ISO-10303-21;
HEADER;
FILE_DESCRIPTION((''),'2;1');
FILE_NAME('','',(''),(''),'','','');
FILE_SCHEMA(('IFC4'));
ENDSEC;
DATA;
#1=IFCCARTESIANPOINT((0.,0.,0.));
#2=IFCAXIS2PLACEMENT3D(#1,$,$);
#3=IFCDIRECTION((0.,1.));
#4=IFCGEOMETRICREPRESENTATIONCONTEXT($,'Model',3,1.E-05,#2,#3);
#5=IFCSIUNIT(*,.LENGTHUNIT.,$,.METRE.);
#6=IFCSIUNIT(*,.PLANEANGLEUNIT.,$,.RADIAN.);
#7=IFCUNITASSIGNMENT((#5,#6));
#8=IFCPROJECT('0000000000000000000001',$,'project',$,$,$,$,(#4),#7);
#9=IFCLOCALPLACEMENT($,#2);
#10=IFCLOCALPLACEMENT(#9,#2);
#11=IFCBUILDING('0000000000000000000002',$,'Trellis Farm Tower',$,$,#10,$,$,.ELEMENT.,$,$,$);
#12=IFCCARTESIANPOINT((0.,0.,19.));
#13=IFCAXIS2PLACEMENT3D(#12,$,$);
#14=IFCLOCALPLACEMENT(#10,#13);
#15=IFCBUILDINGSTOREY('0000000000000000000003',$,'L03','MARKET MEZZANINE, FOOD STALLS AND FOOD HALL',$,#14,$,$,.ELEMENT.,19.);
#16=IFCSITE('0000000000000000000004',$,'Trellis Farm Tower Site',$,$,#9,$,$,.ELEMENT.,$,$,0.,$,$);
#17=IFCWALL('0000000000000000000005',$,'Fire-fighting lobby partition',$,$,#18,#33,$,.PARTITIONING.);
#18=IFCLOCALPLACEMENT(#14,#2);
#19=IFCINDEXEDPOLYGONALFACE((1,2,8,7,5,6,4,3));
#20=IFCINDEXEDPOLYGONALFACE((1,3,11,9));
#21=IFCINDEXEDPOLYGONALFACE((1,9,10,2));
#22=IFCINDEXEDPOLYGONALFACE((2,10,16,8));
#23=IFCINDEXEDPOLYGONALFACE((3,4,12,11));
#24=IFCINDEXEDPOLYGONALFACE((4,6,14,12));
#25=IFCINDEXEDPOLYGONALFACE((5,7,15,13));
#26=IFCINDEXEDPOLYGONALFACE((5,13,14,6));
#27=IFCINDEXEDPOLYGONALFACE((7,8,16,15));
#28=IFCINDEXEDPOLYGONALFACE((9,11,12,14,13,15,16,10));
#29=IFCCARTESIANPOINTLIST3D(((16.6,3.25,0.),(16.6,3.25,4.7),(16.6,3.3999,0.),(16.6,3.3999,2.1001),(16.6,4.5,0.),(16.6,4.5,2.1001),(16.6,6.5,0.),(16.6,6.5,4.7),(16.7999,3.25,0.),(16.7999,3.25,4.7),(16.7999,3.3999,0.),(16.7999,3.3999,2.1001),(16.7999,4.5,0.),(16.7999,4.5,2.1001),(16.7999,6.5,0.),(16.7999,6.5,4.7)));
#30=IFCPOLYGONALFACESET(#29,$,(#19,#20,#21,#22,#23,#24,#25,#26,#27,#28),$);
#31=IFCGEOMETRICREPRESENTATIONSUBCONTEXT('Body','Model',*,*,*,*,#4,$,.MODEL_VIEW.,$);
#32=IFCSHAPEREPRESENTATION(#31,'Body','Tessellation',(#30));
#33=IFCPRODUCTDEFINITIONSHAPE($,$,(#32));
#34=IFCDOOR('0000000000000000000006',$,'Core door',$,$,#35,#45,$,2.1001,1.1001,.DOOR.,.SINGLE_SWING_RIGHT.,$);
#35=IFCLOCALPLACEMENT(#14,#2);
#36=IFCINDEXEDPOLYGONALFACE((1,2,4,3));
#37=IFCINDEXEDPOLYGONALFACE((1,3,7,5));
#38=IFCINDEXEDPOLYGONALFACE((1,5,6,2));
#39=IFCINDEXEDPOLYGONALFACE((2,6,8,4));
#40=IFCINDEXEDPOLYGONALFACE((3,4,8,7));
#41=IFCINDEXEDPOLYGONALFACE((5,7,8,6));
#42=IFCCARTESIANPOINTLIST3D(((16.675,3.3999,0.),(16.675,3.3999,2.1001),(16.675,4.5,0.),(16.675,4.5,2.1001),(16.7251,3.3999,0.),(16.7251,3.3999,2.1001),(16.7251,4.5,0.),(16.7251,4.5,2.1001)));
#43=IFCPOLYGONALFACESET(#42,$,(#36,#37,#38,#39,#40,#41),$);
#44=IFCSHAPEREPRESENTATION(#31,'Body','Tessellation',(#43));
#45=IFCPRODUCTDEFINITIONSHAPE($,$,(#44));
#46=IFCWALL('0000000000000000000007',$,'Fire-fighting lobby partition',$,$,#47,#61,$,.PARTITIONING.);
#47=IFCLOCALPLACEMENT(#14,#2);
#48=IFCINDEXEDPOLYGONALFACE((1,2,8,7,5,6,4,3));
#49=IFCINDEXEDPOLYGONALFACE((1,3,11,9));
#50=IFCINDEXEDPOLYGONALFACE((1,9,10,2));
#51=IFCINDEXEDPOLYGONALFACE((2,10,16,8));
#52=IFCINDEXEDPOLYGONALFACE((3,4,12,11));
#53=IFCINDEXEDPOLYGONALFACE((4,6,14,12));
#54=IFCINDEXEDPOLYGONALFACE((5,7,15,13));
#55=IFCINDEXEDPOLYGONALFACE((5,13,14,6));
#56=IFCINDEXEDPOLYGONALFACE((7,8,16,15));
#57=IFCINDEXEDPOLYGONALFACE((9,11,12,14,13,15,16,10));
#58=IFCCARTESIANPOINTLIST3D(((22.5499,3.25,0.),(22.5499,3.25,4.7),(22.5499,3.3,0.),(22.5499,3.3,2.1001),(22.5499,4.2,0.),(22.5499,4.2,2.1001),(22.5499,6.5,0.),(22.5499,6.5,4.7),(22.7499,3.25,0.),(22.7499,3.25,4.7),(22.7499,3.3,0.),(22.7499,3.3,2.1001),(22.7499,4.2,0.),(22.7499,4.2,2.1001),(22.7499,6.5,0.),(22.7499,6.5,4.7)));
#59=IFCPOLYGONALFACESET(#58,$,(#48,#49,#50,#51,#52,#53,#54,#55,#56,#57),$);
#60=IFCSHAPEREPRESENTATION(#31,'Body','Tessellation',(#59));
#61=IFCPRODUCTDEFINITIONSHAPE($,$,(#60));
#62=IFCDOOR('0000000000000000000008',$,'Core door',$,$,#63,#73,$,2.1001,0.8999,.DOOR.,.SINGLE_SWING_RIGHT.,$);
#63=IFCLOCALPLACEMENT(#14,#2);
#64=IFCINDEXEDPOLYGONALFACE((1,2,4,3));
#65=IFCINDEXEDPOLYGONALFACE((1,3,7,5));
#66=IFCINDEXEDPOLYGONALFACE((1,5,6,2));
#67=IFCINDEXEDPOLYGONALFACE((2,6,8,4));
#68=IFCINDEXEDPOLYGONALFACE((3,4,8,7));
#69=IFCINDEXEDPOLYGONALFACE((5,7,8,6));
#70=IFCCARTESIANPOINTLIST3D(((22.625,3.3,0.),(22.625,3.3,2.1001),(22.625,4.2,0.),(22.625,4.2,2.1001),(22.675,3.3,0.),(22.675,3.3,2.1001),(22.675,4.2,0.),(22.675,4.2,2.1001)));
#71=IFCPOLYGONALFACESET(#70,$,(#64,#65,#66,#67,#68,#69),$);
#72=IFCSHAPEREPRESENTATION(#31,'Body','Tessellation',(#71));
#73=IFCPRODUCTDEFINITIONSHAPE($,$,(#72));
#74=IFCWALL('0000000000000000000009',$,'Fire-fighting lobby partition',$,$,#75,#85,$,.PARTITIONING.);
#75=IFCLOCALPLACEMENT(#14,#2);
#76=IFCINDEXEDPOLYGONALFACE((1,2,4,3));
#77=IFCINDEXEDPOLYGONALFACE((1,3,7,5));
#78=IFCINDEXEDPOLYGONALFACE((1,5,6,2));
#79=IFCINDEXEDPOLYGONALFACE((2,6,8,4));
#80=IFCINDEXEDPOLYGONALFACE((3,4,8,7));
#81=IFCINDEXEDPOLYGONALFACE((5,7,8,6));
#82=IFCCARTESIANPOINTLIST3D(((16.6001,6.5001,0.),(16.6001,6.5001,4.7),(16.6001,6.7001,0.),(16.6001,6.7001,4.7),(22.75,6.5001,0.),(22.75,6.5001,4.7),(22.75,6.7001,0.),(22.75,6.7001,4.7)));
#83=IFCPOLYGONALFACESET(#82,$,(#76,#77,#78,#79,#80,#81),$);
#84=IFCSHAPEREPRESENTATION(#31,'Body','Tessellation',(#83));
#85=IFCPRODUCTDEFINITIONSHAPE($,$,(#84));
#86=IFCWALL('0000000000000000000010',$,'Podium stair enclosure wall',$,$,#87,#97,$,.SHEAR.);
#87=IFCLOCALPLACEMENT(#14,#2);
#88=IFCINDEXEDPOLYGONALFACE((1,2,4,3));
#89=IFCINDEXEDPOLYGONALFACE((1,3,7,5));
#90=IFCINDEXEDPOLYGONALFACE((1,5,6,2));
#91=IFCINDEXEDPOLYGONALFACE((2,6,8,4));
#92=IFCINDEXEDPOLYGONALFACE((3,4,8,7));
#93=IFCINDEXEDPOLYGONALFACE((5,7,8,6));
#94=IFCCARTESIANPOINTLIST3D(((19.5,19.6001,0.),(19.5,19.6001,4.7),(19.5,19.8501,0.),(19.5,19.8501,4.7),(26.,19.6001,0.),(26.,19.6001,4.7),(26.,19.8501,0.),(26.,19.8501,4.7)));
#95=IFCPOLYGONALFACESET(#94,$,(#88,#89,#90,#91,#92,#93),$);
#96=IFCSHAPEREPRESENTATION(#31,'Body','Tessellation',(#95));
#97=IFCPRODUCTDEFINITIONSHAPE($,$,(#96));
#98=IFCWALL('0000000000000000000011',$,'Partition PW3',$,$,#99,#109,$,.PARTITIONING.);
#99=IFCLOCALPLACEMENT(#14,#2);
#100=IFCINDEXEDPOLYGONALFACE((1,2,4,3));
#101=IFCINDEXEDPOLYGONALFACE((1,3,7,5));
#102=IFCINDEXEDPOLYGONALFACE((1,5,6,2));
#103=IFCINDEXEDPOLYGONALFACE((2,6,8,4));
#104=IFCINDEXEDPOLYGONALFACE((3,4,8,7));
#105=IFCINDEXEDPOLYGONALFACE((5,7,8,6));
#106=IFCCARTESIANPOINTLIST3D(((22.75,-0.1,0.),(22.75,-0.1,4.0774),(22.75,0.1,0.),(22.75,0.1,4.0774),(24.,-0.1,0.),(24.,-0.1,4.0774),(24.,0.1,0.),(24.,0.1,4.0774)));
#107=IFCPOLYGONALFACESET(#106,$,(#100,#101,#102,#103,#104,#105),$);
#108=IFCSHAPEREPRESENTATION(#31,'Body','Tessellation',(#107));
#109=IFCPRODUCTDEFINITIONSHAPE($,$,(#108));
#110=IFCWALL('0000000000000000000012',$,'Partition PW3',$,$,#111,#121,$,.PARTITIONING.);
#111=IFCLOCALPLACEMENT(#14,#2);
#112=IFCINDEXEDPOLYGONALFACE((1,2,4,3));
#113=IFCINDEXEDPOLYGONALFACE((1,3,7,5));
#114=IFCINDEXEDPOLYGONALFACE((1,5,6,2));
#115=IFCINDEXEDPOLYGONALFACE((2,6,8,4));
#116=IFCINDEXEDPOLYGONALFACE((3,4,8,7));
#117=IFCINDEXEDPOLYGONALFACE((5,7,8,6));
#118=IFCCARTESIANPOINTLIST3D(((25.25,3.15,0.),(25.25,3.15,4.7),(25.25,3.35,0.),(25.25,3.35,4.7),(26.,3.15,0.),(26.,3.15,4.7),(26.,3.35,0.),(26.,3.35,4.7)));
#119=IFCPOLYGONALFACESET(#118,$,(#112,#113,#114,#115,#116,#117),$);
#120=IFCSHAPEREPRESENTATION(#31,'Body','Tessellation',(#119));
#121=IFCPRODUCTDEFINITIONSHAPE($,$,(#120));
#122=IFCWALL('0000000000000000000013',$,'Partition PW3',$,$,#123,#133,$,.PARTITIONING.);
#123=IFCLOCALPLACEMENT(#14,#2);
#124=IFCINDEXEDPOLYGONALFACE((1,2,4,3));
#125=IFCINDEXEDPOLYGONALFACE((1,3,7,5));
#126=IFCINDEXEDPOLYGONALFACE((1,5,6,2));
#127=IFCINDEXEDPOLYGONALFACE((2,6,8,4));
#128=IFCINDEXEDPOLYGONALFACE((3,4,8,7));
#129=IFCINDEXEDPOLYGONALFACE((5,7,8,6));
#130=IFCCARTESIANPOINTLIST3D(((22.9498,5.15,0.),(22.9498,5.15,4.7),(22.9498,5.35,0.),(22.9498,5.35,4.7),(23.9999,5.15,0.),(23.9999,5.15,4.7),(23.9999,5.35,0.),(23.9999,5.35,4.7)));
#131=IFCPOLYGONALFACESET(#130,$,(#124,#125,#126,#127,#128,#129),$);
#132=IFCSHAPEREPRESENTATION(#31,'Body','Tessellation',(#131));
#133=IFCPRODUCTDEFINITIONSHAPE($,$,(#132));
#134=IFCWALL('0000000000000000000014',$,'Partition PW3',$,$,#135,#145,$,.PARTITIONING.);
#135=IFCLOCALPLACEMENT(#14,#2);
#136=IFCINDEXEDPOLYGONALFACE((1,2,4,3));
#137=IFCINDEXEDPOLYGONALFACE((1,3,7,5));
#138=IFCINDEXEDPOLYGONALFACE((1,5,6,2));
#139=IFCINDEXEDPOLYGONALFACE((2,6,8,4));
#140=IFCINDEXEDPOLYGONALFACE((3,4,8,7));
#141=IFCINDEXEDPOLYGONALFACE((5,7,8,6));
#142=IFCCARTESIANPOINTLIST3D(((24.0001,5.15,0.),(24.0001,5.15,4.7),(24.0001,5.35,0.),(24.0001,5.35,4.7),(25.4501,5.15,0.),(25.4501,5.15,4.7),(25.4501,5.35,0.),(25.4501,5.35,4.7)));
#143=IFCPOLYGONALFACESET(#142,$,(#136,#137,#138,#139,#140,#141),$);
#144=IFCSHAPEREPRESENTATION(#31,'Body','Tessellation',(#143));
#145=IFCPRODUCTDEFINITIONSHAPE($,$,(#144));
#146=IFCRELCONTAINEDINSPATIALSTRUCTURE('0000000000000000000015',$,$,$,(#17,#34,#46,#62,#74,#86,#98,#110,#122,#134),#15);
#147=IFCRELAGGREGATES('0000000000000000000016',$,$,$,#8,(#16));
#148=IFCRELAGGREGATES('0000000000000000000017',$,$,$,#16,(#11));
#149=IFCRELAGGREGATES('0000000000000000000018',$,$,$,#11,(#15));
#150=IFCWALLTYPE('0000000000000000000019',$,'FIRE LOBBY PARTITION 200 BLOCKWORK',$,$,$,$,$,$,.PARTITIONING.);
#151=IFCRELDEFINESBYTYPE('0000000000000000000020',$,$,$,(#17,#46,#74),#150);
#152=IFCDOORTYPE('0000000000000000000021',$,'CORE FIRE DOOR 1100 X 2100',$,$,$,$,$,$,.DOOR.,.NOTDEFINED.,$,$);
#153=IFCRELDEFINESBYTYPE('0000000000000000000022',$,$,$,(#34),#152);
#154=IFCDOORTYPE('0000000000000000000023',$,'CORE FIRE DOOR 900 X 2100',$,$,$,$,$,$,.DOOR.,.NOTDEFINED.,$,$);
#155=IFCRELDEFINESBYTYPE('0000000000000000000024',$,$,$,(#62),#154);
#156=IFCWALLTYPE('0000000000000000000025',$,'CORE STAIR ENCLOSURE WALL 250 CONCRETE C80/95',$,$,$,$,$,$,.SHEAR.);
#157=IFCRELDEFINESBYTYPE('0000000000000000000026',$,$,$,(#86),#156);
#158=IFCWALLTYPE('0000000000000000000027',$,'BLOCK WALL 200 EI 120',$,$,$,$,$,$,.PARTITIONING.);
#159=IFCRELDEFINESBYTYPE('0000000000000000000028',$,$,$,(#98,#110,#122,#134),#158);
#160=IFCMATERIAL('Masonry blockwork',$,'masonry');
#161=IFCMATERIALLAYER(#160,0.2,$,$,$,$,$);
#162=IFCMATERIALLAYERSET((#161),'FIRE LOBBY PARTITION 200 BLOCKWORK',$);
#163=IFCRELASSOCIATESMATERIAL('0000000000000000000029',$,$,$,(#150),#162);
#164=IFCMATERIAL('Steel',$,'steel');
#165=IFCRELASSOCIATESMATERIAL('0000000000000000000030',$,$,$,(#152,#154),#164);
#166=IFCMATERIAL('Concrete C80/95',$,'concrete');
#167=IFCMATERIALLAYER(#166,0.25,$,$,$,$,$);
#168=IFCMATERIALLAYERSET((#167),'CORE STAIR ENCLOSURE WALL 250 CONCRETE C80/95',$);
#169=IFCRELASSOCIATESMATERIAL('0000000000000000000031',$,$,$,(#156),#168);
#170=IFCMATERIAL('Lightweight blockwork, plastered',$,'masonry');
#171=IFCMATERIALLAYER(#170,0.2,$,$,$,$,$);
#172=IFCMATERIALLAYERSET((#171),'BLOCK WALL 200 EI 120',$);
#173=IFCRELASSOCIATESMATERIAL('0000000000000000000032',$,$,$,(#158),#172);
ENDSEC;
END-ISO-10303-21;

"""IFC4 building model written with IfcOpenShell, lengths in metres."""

from ifc_helpers import new_model, si_unit, direction, frame, frame_2d, origin, place, context, subcontext, project, spatial, rectangle, extrude, source, transform, mapped, material, layer, layer_set, type_object, element, fill, save


model = new_model("IFC4")

# Units and contexts
model_context = context("Model", 3, precision=1e-05, world=origin(), true_north=direction((0.0, 1.0)))
body_context = subcontext(model_context, "Body", "Model", "MODEL_VIEW")
ifc_project = project(units=[si_unit("LENGTHUNIT", "METRE"), si_unit("PLANEANGLEUNIT", "RADIAN")], contexts=[model_context])

# Site, building, storey
site_placement = place(None, origin())
site = spatial("IfcSite", under=ifc_project, at=site_placement, Name="Trellis Farm Tower Site", CompositionType="ELEMENT", RefElevation=0.0)
building_placement = place(site_placement, origin())
building = spatial("IfcBuilding", under=site, at=building_placement, Name="Trellis Farm Tower", CompositionType="ELEMENT")
storey_placement = place(building_placement, frame((0.0, 0.0, 19.0)))
storey = spatial("IfcBuildingStorey", under=building, at=storey_placement, Name="L03", Description="MARKET MEZZANINE, FOOD STALLS AND FOOD HALL", CompositionType="ELEMENT", Elevation=19.0)

# Shared definitions
ifc_material_1 = material(Name="Concrete C80/95", Category="concrete")

# Walls, openings, doors
ifc_material_2 = material(Name="Masonry blockwork", Category="masonry")
ifc_layer_1 = layer(ifc_material_2, 0.2)
ifc_layer_set_1 = layer_set([ifc_layer_1], Name="FIRE LOBBY PARTITION 200 BLOCKWORK")
wall_type_1 = type_object("IfcWallType", Name="FIRE LOBBY PARTITION 200 BLOCKWORK", PredefinedType="PARTITIONING", material=ifc_layer_set_1)
shared_shape_1 = source(origin(), body_context, "Body", "SweptSolid", [
    extrude(rectangle(XDim=3.25, YDim=0.2, at=frame_2d((1.625, 0.0))), origin(), (0.0, 0.0, 1.0), 4.7),
])
wall_1_placement = place(storey_placement, frame((16.7, 3.25, 0.0), z_axis=(0.0, 0.0, 1.0), x_axis=(0.0, 1.0, 0.0)))
wall_1 = element("IfcWall", 1, at=wall_1_placement, inside=storey, type_object=wall_type_1, Name="Fire-fighting lobby partition", PredefinedType="PARTITIONING", context=body_context, shape_type="MappedRepresentation", body=[
    mapped(shared_shape_1, transform((0.0, 0.0, 0.0))),
])
shared_shape_2 = source(origin(), body_context, "Body", "SweptSolid", [
    extrude(rectangle(XDim=1.1001, YDim=2.1001, at=frame_2d((0.55, 1.05))), frame((0.0, 0.1101, 0.0), z_axis=(0.0, -1.0, 0.0), x_axis=(1.0, 0.0, 0.0)), (0.0, 0.0, 1.0), 0.2202),
])
opening_1_placement = place(wall_1_placement, frame((0.1499, 0.0, 0.0)))
opening_1 = element("IfcOpeningElement", 2, at=opening_1_placement, cuts=wall_1, PredefinedType="OPENING", context=body_context, shape_type="MappedRepresentation", body=[
    mapped(shared_shape_2, transform((0.0, 0.0, 0.0))),
])
ifc_material_3 = material(Name="Steel", Category="steel")
door_type_1 = type_object("IfcDoorType", Name="CORE FIRE DOOR 1100 X 2100", OperationType="NOTDEFINED", PredefinedType="DOOR", material=ifc_material_3)
shared_shape_3 = source(origin(), body_context, "Body", "SweptSolid", [
    extrude(rectangle(XDim=1.1001, YDim=2.1001, at=frame_2d((0.55, 1.05))), frame((0.0, 0.0249, 0.0), z_axis=(0.0, -1.0, 0.0), x_axis=(1.0, 0.0, 0.0)), (0.0, 0.0, 1.0), 0.05),
])
door_1_placement = place(opening_1_placement, origin())
door_1 = element("IfcDoor", 3, at=door_1_placement, inside=storey, type_object=door_type_1, Name="Core door", OperationType="SINGLE_SWING_RIGHT", OverallHeight=2.1001, OverallWidth=1.1001, PredefinedType="DOOR", context=body_context, shape_type="MappedRepresentation", body=[
    mapped(shared_shape_3, transform((0.0, 0.0, 0.0))),
])
fill(opening_1, door_1)
wall_2_placement = place(storey_placement, frame((22.6499, 3.25, 0.0), z_axis=(0.0, 0.0, 1.0), x_axis=(0.0, 1.0, 0.0)))
wall_2 = element("IfcWall", 4, at=wall_2_placement, inside=storey, type_object=wall_type_1, Name="Fire-fighting lobby partition", PredefinedType="PARTITIONING", context=body_context, shape_type="MappedRepresentation", body=[
    mapped(shared_shape_1, transform((0.0, 0.0, 0.0))),
])
shared_shape_4 = source(origin(), body_context, "Body", "SweptSolid", [
    extrude(rectangle(XDim=0.8999, YDim=2.1001, at=frame_2d((0.45, 1.05))), frame((0.0, 0.1101, 0.0), z_axis=(0.0, -1.0, 0.0), x_axis=(1.0, 0.0, 0.0)), (0.0, 0.0, 1.0), 0.2202),
])
opening_2_placement = place(wall_2_placement, frame((0.05, 0.0, 0.0)))
opening_2 = element("IfcOpeningElement", 5, at=opening_2_placement, cuts=wall_2, PredefinedType="OPENING", context=body_context, shape_type="MappedRepresentation", body=[
    mapped(shared_shape_4, transform((0.0, 0.0, 0.0))),
])
door_type_2 = type_object("IfcDoorType", Name="CORE FIRE DOOR 900 X 2100", OperationType="NOTDEFINED", PredefinedType="DOOR", material=ifc_material_3)
shared_shape_5 = source(origin(), body_context, "Body", "SweptSolid", [
    extrude(rectangle(XDim=0.8999, YDim=2.1001, at=frame_2d((0.45, 1.05))), frame((0.0, 0.0249, 0.0), z_axis=(0.0, -1.0, 0.0), x_axis=(1.0, 0.0, 0.0)), (0.0, 0.0, 1.0), 0.05),
])
door_2_placement = place(opening_2_placement, origin())
door_2 = element("IfcDoor", 6, at=door_2_placement, inside=storey, type_object=door_type_2, Name="Core door", OperationType="SINGLE_SWING_RIGHT", OverallHeight=2.1001, OverallWidth=0.8999, PredefinedType="DOOR", context=body_context, shape_type="MappedRepresentation", body=[
    mapped(shared_shape_5, transform((0.0, 0.0, 0.0))),
])
fill(opening_2, door_2)

# Walls
shared_shape_6 = source(origin(), body_context, "Body", "SweptSolid", [
    extrude(rectangle(XDim=6.1499, YDim=0.2, at=frame_2d((3.075, 0.0))), origin(), (0.0, 0.0, 1.0), 4.7),
])
wall_3_placement = place(storey_placement, frame((16.6001, 6.6001, 0.0), z_axis=(0.0, 0.0, 1.0), x_axis=(1.0, 0.0, 0.0)))
element("IfcWall", 7, at=wall_3_placement, inside=storey, type_object=wall_type_1, Name="Fire-fighting lobby partition", PredefinedType="PARTITIONING", context=body_context, shape_type="MappedRepresentation", body=[
    mapped(shared_shape_6, transform((0.0, 0.0, 0.0))),
])
ifc_layer_2 = layer(ifc_material_1, 0.25)
ifc_layer_set_2 = layer_set([ifc_layer_2], Name="CORE STAIR ENCLOSURE WALL 250 CONCRETE C80/95")
wall_type_2 = type_object("IfcWallType", Name="CORE STAIR ENCLOSURE WALL 250 CONCRETE C80/95", PredefinedType="SHEAR", material=ifc_layer_set_2)
shared_shape_7 = source(origin(), body_context, "Body", "SweptSolid", [
    extrude(rectangle(XDim=6.5, YDim=0.25, at=frame_2d((3.25, 0.0))), origin(), (0.0, 0.0, 1.0), 4.7),
])
wall_4_placement = place(storey_placement, frame((19.5, 19.7251, 0.0), z_axis=(0.0, 0.0, 1.0), x_axis=(1.0, 0.0, 0.0)))
element("IfcWall", 8, at=wall_4_placement, inside=storey, type_object=wall_type_2, Name="Podium stair enclosure wall", PredefinedType="SHEAR", context=body_context, shape_type="MappedRepresentation", body=[
    mapped(shared_shape_7, transform((0.0, 0.0, 0.0))),
])
ifc_material_4 = material(Name="Lightweight blockwork, plastered", Category="masonry")
ifc_layer_3 = layer(ifc_material_4, 0.2)
ifc_layer_set_3 = layer_set([ifc_layer_3], Name="BLOCK WALL 200 EI 120")
wall_type_3 = type_object("IfcWallType", Name="BLOCK WALL 200 EI 120", PredefinedType="PARTITIONING", material=ifc_layer_set_3)
shared_shape_8 = source(origin(), body_context, "Body", "SweptSolid", [
    extrude(rectangle(XDim=1.25, YDim=0.2, at=frame_2d((0.625, 0.0))), origin(), (0.0, 0.0, 1.0), 4.0774),
])
wall_5_placement = place(storey_placement, frame((22.75, 0.0, 0.0), z_axis=(0.0, 0.0, 1.0), x_axis=(1.0, 0.0, 0.0)))
element("IfcWall", 9, at=wall_5_placement, inside=storey, type_object=wall_type_3, Name="Partition PW3", PredefinedType="PARTITIONING", context=body_context, shape_type="MappedRepresentation", body=[
    mapped(shared_shape_8, transform((0.0, 0.0, 0.0))),
])
shared_shape_9 = source(origin(), body_context, "Body", "SweptSolid", [
    extrude(rectangle(XDim=0.75, YDim=0.2, at=frame_2d((0.375, 0.0))), origin(), (0.0, 0.0, 1.0), 4.7),
])
wall_6_placement = place(storey_placement, frame((25.25, 3.25, 0.0), z_axis=(0.0, 0.0, 1.0), x_axis=(1.0, 0.0, 0.0)))
element("IfcWall", 10, at=wall_6_placement, inside=storey, type_object=wall_type_3, Name="Partition PW3", PredefinedType="PARTITIONING", context=body_context, shape_type="MappedRepresentation", body=[
    mapped(shared_shape_9, transform((0.0, 0.0, 0.0))),
])
shared_shape_10 = source(origin(), body_context, "Body", "SweptSolid", [
    extrude(rectangle(XDim=1.05, YDim=0.2, at=frame_2d((0.5249, 0.0))), origin(), (0.0, 0.0, 1.0), 4.7),
])
wall_7_placement = place(storey_placement, frame((22.95, 5.25, 0.0), z_axis=(0.0, 0.0, 1.0), x_axis=(1.0, 0.0, 0.0)))
element("IfcWall", 11, at=wall_7_placement, inside=storey, type_object=wall_type_3, Name="Partition PW3", PredefinedType="PARTITIONING", context=body_context, shape_type="MappedRepresentation", body=[
    mapped(shared_shape_10, transform((0.0, 0.0, 0.0))),
])
shared_shape_11 = source(origin(), body_context, "Body", "SweptSolid", [
    extrude(rectangle(XDim=1.45, YDim=0.2, at=frame_2d((0.7251, 0.0))), origin(), (0.0, 0.0, 1.0), 4.7),
])
wall_8_placement = place(storey_placement, frame((24.0, 5.25, 0.0), z_axis=(0.0, 0.0, 1.0), x_axis=(1.0, 0.0, 0.0)))
element("IfcWall", 12, at=wall_8_placement, inside=storey, type_object=wall_type_3, Name="Partition PW3", PredefinedType="PARTITIONING", context=body_context, shape_type="MappedRepresentation", body=[
    mapped(shared_shape_11, transform((0.0, 0.0, 0.0))),
])

save(model, "model.ifc")
